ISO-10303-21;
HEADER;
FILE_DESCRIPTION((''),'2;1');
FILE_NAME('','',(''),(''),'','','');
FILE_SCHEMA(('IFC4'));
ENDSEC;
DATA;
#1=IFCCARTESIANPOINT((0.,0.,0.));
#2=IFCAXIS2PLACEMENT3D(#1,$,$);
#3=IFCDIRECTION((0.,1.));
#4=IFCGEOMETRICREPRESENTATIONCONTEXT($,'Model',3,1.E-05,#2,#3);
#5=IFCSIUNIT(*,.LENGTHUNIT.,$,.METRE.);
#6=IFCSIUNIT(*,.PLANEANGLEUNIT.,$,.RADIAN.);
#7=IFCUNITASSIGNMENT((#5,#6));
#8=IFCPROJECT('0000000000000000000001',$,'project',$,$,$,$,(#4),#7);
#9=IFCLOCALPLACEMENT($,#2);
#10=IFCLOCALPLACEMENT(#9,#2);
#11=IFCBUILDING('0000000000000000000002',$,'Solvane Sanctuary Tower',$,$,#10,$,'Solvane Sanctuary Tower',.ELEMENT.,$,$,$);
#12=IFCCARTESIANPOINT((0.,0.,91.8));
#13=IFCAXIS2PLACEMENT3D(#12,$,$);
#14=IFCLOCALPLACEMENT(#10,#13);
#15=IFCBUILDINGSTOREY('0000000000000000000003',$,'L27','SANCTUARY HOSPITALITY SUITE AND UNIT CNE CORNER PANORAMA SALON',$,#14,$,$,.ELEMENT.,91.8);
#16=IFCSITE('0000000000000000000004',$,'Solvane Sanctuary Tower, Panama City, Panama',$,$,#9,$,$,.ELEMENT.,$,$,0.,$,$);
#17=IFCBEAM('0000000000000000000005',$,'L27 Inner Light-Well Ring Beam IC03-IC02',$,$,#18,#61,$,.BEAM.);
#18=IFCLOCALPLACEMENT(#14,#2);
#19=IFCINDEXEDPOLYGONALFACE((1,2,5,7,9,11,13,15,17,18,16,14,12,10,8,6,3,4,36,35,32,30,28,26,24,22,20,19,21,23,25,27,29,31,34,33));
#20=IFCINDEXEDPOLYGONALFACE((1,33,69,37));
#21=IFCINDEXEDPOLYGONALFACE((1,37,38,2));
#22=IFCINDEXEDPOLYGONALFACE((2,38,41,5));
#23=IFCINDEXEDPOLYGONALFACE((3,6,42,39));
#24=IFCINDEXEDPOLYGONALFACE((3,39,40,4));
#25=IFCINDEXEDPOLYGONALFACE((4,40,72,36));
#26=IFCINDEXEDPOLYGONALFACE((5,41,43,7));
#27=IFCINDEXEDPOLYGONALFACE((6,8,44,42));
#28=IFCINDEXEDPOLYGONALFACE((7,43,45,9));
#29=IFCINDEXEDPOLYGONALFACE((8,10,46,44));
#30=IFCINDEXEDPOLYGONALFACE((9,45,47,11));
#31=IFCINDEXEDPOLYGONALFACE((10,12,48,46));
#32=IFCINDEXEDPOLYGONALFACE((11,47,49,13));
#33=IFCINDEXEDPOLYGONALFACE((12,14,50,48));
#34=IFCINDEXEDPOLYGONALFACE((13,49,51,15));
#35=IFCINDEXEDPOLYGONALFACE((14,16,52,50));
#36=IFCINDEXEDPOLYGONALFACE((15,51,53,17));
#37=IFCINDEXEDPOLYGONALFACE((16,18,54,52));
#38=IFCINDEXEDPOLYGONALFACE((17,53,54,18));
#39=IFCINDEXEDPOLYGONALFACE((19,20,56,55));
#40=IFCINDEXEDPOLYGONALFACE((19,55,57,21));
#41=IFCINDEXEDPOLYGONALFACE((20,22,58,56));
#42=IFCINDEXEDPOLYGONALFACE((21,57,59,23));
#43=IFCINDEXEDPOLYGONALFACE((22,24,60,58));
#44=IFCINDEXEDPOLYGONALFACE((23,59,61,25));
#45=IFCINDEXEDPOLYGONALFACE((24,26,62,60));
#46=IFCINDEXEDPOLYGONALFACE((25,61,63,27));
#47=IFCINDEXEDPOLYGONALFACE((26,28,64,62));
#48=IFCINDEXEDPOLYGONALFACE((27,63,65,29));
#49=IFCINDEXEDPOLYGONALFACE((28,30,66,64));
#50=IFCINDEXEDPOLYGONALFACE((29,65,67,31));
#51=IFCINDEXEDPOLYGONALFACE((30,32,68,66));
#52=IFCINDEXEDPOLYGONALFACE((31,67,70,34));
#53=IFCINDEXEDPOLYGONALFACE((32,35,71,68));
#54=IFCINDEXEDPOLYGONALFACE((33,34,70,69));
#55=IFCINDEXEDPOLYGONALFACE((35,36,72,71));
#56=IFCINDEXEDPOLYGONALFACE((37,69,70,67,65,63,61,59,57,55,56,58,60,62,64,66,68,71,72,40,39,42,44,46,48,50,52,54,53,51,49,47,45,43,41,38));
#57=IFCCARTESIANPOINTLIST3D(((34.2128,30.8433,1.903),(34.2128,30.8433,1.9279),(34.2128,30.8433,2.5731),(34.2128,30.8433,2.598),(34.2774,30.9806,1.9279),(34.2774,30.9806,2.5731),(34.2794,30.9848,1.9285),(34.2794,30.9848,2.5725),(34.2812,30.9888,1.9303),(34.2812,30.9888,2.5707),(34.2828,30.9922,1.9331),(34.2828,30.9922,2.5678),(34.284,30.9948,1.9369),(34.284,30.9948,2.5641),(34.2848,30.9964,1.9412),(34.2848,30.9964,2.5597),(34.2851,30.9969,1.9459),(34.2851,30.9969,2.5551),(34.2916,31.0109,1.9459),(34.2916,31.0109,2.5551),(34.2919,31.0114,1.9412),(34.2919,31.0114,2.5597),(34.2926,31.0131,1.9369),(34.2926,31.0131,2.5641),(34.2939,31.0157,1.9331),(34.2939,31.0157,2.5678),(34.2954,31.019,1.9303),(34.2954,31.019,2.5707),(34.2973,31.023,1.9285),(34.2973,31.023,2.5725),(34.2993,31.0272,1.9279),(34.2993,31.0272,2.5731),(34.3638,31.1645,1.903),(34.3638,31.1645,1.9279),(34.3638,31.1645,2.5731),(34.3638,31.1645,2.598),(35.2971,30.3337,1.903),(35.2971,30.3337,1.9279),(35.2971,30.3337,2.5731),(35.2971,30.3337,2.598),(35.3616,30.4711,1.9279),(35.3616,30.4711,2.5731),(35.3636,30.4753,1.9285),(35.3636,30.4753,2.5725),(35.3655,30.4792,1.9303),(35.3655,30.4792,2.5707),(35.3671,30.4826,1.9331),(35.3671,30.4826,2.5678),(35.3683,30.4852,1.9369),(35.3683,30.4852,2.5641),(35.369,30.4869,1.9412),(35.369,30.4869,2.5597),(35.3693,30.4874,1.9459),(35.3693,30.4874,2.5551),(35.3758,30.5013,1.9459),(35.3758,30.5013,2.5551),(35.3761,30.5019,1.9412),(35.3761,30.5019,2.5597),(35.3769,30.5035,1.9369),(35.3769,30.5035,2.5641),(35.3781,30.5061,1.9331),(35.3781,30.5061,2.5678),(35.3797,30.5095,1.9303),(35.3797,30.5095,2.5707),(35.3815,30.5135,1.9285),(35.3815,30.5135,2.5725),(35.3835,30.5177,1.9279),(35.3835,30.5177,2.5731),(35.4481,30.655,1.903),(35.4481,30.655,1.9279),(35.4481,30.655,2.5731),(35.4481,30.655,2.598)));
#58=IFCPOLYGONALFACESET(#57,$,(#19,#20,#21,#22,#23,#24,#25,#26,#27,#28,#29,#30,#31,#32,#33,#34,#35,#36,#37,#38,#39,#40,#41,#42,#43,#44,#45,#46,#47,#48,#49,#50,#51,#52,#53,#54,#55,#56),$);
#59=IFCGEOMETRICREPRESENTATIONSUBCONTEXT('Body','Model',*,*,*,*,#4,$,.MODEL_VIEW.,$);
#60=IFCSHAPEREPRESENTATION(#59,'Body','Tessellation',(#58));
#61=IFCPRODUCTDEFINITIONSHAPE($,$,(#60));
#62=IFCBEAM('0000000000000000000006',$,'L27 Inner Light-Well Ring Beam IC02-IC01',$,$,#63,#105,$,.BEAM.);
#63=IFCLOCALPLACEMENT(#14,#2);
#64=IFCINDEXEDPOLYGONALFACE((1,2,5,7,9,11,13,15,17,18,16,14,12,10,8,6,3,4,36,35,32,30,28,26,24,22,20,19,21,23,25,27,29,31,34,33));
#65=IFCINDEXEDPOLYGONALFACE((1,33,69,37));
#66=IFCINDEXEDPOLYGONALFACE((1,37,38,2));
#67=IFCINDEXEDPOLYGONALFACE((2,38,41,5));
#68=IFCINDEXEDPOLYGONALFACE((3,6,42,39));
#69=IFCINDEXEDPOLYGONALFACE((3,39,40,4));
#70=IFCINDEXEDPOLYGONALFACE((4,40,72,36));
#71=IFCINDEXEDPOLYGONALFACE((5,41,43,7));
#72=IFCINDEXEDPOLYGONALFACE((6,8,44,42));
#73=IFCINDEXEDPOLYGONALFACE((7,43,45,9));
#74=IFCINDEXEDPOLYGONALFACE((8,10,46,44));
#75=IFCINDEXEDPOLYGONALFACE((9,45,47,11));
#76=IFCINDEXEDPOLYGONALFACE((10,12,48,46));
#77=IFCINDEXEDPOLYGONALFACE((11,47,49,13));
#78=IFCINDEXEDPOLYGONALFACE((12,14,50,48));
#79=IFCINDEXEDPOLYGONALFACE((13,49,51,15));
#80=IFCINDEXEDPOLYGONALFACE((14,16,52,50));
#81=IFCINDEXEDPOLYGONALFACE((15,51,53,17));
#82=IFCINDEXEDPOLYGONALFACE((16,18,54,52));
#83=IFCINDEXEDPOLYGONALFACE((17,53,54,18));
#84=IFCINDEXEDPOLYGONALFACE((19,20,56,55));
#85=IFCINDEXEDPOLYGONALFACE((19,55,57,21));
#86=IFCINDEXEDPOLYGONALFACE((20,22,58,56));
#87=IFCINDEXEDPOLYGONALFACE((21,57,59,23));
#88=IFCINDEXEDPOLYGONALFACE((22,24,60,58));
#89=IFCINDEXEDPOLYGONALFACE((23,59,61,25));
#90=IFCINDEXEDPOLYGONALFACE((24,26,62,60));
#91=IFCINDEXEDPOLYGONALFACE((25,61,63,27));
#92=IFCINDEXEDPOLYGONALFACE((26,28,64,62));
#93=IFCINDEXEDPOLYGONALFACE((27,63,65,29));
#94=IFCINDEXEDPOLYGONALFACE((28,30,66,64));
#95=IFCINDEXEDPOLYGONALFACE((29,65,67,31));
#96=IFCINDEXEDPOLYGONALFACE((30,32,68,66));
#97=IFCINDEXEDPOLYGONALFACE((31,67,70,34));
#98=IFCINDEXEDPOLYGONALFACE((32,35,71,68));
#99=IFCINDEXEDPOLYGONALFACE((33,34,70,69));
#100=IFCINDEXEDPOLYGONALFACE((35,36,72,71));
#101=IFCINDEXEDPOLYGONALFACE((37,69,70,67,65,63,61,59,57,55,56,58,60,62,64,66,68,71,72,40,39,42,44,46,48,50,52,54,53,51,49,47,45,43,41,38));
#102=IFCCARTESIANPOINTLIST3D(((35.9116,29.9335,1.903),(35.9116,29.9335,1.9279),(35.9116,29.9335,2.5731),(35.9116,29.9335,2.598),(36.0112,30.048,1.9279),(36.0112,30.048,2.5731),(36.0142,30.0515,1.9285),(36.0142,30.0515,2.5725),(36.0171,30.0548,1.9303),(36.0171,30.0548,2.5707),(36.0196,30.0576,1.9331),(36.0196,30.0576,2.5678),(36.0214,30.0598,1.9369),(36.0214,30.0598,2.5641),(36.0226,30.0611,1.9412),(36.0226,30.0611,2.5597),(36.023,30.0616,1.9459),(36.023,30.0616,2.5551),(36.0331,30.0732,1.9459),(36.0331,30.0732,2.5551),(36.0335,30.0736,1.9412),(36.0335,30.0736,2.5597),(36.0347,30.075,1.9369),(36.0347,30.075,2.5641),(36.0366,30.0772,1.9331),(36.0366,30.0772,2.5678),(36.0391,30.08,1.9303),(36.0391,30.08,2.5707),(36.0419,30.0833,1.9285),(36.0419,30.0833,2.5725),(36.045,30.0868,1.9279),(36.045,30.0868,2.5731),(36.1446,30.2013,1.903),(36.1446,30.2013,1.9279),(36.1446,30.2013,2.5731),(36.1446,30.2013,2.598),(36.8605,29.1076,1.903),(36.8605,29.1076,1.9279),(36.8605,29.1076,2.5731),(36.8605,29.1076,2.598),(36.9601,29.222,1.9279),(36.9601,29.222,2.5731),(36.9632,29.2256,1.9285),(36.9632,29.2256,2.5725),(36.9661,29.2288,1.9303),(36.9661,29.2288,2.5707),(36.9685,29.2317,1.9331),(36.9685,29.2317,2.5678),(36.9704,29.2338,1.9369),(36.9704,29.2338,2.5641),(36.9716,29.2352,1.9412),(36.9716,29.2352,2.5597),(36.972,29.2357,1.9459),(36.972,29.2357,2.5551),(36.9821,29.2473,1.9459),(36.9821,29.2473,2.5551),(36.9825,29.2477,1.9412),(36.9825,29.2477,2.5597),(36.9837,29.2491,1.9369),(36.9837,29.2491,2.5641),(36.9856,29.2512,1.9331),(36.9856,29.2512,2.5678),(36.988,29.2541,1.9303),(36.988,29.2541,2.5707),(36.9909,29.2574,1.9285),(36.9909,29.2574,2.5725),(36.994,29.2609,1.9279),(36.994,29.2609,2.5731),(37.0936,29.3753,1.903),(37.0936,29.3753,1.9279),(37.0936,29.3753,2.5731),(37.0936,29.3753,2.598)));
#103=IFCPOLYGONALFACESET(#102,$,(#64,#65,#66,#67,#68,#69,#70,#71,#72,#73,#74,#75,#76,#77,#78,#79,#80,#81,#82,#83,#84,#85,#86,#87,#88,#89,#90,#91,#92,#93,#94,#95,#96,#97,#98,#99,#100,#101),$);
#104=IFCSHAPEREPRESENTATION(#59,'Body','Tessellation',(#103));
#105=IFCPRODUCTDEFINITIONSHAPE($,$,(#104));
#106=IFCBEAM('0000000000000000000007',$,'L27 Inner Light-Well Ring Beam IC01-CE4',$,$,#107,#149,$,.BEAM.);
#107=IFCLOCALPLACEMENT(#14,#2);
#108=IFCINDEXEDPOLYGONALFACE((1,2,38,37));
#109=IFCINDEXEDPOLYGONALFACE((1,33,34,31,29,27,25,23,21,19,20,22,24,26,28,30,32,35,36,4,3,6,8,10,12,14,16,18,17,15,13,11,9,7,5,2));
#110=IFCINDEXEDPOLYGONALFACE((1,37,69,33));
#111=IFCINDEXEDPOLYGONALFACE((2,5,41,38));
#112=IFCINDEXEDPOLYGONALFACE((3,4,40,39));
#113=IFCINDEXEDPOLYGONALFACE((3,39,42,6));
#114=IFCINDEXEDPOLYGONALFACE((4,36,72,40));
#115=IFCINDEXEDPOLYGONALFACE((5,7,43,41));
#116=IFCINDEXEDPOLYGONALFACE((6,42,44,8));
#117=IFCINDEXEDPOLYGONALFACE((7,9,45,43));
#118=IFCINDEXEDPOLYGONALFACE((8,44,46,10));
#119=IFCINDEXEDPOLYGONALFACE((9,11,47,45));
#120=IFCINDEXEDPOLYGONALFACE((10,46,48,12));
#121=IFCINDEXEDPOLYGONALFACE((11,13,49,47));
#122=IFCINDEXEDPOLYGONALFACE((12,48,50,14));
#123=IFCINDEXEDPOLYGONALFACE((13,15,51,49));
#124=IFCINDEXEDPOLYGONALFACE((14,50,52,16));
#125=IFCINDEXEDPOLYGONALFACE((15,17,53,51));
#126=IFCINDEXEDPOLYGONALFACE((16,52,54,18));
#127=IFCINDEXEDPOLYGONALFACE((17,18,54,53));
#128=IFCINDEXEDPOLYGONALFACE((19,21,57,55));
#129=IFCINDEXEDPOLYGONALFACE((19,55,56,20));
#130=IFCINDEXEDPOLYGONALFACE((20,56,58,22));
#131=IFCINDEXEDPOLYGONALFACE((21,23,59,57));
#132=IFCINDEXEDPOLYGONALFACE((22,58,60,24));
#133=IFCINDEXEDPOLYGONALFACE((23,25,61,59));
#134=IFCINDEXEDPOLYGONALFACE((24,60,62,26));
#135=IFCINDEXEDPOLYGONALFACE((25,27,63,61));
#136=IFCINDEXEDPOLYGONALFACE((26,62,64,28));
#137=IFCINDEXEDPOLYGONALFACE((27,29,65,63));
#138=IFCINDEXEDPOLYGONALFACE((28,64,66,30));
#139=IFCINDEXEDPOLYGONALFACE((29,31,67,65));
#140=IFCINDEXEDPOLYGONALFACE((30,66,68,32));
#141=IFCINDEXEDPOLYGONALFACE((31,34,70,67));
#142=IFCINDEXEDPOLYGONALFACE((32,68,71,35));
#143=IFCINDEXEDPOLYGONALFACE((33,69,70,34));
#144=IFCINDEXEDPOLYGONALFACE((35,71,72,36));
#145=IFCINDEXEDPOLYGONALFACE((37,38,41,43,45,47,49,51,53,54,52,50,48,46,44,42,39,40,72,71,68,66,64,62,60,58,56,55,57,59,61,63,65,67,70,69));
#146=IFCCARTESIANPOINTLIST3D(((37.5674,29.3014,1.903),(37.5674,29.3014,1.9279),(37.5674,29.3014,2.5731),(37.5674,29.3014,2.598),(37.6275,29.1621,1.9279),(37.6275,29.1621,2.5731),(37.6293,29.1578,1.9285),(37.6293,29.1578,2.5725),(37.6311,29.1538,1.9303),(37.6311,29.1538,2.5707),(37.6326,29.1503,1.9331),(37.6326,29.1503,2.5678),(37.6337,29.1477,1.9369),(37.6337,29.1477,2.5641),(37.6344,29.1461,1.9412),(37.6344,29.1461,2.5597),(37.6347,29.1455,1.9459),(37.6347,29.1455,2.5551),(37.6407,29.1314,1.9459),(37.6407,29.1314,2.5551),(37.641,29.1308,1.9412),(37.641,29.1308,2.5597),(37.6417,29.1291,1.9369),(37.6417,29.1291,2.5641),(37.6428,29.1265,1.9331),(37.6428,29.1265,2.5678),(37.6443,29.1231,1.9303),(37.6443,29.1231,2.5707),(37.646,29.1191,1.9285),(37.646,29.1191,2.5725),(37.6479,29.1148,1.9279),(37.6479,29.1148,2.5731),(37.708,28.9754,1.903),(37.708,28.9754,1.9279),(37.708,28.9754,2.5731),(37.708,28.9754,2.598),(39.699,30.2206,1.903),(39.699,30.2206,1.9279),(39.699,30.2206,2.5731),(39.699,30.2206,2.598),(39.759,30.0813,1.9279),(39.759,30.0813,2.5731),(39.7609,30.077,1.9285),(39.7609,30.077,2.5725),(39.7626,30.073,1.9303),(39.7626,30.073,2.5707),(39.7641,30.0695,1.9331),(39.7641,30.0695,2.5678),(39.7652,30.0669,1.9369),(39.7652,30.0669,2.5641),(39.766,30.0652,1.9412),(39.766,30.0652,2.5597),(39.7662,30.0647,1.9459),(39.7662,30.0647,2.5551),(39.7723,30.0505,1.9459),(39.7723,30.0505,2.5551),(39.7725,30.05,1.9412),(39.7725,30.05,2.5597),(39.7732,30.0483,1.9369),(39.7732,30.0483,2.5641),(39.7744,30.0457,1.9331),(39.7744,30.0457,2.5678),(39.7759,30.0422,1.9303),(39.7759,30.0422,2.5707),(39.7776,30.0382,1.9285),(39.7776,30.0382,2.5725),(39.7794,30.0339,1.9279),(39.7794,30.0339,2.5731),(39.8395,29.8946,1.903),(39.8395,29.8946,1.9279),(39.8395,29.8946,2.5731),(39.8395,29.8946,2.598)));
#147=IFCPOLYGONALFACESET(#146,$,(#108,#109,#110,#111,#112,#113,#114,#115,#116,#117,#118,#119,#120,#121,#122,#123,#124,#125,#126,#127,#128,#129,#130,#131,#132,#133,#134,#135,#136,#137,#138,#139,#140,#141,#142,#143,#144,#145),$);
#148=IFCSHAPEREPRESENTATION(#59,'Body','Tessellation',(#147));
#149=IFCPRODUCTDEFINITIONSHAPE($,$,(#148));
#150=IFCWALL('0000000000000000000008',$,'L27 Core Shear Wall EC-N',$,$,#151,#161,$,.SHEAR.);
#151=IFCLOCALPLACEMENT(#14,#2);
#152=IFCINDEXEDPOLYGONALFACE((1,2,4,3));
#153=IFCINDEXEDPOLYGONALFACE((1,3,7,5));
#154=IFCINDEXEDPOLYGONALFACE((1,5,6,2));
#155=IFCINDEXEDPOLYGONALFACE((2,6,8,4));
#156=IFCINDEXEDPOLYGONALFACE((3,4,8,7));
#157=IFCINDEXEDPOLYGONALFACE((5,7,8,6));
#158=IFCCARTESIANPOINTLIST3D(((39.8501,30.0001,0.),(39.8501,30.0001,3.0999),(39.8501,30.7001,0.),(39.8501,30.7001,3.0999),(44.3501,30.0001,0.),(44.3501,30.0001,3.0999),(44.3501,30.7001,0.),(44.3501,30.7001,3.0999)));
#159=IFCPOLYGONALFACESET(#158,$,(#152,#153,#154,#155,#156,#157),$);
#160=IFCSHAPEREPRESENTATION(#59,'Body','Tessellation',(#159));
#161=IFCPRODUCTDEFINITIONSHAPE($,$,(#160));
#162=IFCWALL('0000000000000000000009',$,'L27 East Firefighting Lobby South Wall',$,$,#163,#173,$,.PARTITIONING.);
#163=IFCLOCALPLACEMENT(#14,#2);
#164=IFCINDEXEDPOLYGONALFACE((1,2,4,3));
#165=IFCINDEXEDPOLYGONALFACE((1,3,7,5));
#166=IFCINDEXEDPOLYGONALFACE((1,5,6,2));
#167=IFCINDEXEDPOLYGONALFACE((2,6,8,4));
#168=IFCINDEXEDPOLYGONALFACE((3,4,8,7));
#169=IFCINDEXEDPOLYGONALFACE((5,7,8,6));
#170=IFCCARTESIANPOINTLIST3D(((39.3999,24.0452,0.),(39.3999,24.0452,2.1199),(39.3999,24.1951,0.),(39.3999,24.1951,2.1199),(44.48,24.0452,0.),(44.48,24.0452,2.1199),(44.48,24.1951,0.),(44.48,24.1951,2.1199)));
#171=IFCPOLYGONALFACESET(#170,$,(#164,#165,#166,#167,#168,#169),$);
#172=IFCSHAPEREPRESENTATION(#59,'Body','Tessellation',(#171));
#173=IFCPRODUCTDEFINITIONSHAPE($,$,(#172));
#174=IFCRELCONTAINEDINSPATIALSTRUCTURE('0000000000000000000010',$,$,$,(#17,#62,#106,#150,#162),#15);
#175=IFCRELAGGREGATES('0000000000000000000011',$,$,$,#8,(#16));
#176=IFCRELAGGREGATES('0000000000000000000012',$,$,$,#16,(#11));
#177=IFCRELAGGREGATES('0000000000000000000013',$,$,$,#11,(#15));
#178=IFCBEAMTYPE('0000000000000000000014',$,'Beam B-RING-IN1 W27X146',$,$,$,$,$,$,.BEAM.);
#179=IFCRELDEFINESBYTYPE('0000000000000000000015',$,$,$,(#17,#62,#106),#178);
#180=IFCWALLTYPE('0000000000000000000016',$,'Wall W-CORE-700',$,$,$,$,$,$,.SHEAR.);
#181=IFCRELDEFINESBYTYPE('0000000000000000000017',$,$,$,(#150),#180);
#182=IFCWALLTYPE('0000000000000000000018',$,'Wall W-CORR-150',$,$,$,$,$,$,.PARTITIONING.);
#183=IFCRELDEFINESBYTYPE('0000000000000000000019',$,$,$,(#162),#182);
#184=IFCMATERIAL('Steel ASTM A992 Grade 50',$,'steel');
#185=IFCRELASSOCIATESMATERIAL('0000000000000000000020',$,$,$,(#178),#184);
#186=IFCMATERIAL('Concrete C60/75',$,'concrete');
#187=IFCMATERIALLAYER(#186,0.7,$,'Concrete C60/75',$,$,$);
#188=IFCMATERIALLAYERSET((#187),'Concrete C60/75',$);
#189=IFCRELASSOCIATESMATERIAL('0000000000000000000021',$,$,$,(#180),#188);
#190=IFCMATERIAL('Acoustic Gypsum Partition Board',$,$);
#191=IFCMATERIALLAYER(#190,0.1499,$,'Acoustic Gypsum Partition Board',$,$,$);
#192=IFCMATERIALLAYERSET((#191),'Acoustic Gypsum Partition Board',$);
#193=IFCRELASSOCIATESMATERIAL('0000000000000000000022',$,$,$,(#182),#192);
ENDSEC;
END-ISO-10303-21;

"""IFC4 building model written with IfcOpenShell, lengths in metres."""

from ifc_helpers import new_model, si_unit, direction, frame, frame_2d, origin, origin_2d, place, context, subcontext, project, spatial, rectangle, i_section, extrude, material, layer, layer_set, material_profile, profile_set, type_object, element, save


model = new_model("IFC4")

# Units and contexts
model_context = context("Model", 3, precision=1e-05, world=origin(), true_north=direction((0.0, 1.0)))
body_context = subcontext(model_context, "Body", "Model", "MODEL_VIEW")
ifc_project = project(units=[si_unit("LENGTHUNIT", "METRE"), si_unit("PLANEANGLEUNIT", "RADIAN")], contexts=[model_context])

# Site, building, storey
site_placement = place(None, origin())
site = spatial("IfcSite", under=ifc_project, at=site_placement, Name="Solvane Sanctuary Tower, Panama City, Panama", CompositionType="ELEMENT", RefElevation=0.0)
building_placement = place(site_placement, origin())
building = spatial("IfcBuilding", under=site, at=building_placement, Name="Solvane Sanctuary Tower", LongName="Solvane Sanctuary Tower", CompositionType="ELEMENT")
storey_placement = place(building_placement, frame((0.0, 0.0, 91.8)))
storey = spatial("IfcBuildingStorey", under=building, at=storey_placement, Name="L27", Description="SANCTUARY HOSPITALITY SUITE AND UNIT CNE CORNER PANORAMA SALON", CompositionType="ELEMENT", Elevation=91.8)

# Shared definitions
ifc_material_1 = material(Name="Concrete C60/75", Category="concrete")

# Beams
ifc_material_2 = material(Name="Steel ASTM A992 Grade 50", Category="steel")
ifc_material_profile_1 = material_profile(ifc_material_2, i_section(OverallWidth=0.355, OverallDepth=0.6951, WebThickness=0.0154, FlangeThickness=0.0249, FilletRadius=0.0181, at=origin_2d()), Name="W27X146")
ifc_profile_set_1 = profile_set([ifc_material_profile_1], Name="Steel ASTM A992 Grade 50")
beam_type_1 = type_object("IfcBeamType", Name="Beam B-RING-IN1 W27X146", PredefinedType="BEAM", material=ifc_profile_set_1)
beam_1_placement = place(storey_placement, frame((34.2883, 31.0039, 2.2505), z_axis=(0.905045, -0.425316, 0.0), x_axis=(0.425316, 0.905045, 0.0)))
element("IfcBeam", 1, at=beam_1_placement, inside=storey, type_object=beam_type_1, Name="L27 Inner Light-Well Ring Beam IC03-IC02", PredefinedType="BEAM", context=body_context, shape_type="SweptSolid", body=[
    extrude(i_section(OverallWidth=0.355, OverallDepth=0.6951, WebThickness=0.0154, FlangeThickness=0.0249, FilletRadius=0.0181, at=origin_2d()), origin(), (0.0, 0.0, 1.0), 1.198),
])
beam_2_placement = place(storey_placement, frame((36.0281, 30.0674, 2.2505), z_axis=(0.754317, -0.65651, 0.0), x_axis=(0.65651, 0.754317, 0.0)))
element("IfcBeam", 2, at=beam_2_placement, inside=storey, type_object=beam_type_1, Name="L27 Inner Light-Well Ring Beam IC02-IC01", PredefinedType="BEAM", context=body_context, shape_type="SweptSolid", body=[
    extrude(i_section(OverallWidth=0.355, OverallDepth=0.6951, WebThickness=0.0154, FlangeThickness=0.0249, FilletRadius=0.0181, at=origin_2d()), origin(), (0.0, 0.0, 1.0), 1.2581),
])
beam_3_placement = place(storey_placement, frame((37.6377, 29.1384, 2.2505), z_axis=(0.918261, 0.395975, 0.0), x_axis=(-0.395975, 0.918261, 0.0)))
element("IfcBeam", 3, at=beam_3_placement, inside=storey, type_object=beam_type_1, Name="L27 Inner Light-Well Ring Beam IC01-CE4", PredefinedType="BEAM", context=body_context, shape_type="SweptSolid", body=[
    extrude(i_section(OverallWidth=0.355, OverallDepth=0.6951, WebThickness=0.0154, FlangeThickness=0.0249, FilletRadius=0.0181, at=origin_2d()), origin(), (0.0, 0.0, 1.0), 2.3213),
])

# Walls
ifc_layer_1 = layer(ifc_material_1, 0.7, Name="Concrete C60/75")
ifc_layer_set_1 = layer_set([ifc_layer_1], Name="Concrete C60/75")
wall_type_1 = type_object("IfcWallType", Name="Wall W-CORE-700", PredefinedType="SHEAR", material=ifc_layer_set_1)
wall_1_placement = place(storey_placement, frame((39.8501, 30.3501, 0.0), z_axis=(0.0, 0.0, 1.0), x_axis=(1.0, 0.0, 0.0)))
element("IfcWall", 4, at=wall_1_placement, inside=storey, type_object=wall_type_1, Name="L27 Core Shear Wall EC-N", PredefinedType="SHEAR", context=body_context, shape_type="SweptSolid", body=[
    extrude(rectangle(XDim=4.5, YDim=0.7, at=frame_2d((2.25, 0.0))), origin(), (0.0, 0.0, 1.0), 3.0999),
])
ifc_material_3 = material(Name="Acoustic Gypsum Partition Board")
ifc_layer_2 = layer(ifc_material_3, 0.1499, Name="Acoustic Gypsum Partition Board")
ifc_layer_set_2 = layer_set([ifc_layer_2], Name="Acoustic Gypsum Partition Board")
wall_type_2 = type_object("IfcWallType", Name="Wall W-CORR-150", PredefinedType="PARTITIONING", material=ifc_layer_set_2)
wall_2_placement = place(storey_placement, frame((39.3999, 24.1201, 0.0), z_axis=(0.0, 0.0, 1.0), x_axis=(1.0, 0.0, 0.0)))
element("IfcWall", 5, at=wall_2_placement, inside=storey, type_object=wall_type_2, Name="L27 East Firefighting Lobby South Wall", PredefinedType="PARTITIONING", context=body_context, shape_type="SweptSolid", body=[
    extrude(rectangle(XDim=5.0801, YDim=0.1499, at=frame_2d((2.54, 0.0))), origin(), (0.0, 0.0, 1.0), 2.1199),
])

save(model, "model.ifc")
